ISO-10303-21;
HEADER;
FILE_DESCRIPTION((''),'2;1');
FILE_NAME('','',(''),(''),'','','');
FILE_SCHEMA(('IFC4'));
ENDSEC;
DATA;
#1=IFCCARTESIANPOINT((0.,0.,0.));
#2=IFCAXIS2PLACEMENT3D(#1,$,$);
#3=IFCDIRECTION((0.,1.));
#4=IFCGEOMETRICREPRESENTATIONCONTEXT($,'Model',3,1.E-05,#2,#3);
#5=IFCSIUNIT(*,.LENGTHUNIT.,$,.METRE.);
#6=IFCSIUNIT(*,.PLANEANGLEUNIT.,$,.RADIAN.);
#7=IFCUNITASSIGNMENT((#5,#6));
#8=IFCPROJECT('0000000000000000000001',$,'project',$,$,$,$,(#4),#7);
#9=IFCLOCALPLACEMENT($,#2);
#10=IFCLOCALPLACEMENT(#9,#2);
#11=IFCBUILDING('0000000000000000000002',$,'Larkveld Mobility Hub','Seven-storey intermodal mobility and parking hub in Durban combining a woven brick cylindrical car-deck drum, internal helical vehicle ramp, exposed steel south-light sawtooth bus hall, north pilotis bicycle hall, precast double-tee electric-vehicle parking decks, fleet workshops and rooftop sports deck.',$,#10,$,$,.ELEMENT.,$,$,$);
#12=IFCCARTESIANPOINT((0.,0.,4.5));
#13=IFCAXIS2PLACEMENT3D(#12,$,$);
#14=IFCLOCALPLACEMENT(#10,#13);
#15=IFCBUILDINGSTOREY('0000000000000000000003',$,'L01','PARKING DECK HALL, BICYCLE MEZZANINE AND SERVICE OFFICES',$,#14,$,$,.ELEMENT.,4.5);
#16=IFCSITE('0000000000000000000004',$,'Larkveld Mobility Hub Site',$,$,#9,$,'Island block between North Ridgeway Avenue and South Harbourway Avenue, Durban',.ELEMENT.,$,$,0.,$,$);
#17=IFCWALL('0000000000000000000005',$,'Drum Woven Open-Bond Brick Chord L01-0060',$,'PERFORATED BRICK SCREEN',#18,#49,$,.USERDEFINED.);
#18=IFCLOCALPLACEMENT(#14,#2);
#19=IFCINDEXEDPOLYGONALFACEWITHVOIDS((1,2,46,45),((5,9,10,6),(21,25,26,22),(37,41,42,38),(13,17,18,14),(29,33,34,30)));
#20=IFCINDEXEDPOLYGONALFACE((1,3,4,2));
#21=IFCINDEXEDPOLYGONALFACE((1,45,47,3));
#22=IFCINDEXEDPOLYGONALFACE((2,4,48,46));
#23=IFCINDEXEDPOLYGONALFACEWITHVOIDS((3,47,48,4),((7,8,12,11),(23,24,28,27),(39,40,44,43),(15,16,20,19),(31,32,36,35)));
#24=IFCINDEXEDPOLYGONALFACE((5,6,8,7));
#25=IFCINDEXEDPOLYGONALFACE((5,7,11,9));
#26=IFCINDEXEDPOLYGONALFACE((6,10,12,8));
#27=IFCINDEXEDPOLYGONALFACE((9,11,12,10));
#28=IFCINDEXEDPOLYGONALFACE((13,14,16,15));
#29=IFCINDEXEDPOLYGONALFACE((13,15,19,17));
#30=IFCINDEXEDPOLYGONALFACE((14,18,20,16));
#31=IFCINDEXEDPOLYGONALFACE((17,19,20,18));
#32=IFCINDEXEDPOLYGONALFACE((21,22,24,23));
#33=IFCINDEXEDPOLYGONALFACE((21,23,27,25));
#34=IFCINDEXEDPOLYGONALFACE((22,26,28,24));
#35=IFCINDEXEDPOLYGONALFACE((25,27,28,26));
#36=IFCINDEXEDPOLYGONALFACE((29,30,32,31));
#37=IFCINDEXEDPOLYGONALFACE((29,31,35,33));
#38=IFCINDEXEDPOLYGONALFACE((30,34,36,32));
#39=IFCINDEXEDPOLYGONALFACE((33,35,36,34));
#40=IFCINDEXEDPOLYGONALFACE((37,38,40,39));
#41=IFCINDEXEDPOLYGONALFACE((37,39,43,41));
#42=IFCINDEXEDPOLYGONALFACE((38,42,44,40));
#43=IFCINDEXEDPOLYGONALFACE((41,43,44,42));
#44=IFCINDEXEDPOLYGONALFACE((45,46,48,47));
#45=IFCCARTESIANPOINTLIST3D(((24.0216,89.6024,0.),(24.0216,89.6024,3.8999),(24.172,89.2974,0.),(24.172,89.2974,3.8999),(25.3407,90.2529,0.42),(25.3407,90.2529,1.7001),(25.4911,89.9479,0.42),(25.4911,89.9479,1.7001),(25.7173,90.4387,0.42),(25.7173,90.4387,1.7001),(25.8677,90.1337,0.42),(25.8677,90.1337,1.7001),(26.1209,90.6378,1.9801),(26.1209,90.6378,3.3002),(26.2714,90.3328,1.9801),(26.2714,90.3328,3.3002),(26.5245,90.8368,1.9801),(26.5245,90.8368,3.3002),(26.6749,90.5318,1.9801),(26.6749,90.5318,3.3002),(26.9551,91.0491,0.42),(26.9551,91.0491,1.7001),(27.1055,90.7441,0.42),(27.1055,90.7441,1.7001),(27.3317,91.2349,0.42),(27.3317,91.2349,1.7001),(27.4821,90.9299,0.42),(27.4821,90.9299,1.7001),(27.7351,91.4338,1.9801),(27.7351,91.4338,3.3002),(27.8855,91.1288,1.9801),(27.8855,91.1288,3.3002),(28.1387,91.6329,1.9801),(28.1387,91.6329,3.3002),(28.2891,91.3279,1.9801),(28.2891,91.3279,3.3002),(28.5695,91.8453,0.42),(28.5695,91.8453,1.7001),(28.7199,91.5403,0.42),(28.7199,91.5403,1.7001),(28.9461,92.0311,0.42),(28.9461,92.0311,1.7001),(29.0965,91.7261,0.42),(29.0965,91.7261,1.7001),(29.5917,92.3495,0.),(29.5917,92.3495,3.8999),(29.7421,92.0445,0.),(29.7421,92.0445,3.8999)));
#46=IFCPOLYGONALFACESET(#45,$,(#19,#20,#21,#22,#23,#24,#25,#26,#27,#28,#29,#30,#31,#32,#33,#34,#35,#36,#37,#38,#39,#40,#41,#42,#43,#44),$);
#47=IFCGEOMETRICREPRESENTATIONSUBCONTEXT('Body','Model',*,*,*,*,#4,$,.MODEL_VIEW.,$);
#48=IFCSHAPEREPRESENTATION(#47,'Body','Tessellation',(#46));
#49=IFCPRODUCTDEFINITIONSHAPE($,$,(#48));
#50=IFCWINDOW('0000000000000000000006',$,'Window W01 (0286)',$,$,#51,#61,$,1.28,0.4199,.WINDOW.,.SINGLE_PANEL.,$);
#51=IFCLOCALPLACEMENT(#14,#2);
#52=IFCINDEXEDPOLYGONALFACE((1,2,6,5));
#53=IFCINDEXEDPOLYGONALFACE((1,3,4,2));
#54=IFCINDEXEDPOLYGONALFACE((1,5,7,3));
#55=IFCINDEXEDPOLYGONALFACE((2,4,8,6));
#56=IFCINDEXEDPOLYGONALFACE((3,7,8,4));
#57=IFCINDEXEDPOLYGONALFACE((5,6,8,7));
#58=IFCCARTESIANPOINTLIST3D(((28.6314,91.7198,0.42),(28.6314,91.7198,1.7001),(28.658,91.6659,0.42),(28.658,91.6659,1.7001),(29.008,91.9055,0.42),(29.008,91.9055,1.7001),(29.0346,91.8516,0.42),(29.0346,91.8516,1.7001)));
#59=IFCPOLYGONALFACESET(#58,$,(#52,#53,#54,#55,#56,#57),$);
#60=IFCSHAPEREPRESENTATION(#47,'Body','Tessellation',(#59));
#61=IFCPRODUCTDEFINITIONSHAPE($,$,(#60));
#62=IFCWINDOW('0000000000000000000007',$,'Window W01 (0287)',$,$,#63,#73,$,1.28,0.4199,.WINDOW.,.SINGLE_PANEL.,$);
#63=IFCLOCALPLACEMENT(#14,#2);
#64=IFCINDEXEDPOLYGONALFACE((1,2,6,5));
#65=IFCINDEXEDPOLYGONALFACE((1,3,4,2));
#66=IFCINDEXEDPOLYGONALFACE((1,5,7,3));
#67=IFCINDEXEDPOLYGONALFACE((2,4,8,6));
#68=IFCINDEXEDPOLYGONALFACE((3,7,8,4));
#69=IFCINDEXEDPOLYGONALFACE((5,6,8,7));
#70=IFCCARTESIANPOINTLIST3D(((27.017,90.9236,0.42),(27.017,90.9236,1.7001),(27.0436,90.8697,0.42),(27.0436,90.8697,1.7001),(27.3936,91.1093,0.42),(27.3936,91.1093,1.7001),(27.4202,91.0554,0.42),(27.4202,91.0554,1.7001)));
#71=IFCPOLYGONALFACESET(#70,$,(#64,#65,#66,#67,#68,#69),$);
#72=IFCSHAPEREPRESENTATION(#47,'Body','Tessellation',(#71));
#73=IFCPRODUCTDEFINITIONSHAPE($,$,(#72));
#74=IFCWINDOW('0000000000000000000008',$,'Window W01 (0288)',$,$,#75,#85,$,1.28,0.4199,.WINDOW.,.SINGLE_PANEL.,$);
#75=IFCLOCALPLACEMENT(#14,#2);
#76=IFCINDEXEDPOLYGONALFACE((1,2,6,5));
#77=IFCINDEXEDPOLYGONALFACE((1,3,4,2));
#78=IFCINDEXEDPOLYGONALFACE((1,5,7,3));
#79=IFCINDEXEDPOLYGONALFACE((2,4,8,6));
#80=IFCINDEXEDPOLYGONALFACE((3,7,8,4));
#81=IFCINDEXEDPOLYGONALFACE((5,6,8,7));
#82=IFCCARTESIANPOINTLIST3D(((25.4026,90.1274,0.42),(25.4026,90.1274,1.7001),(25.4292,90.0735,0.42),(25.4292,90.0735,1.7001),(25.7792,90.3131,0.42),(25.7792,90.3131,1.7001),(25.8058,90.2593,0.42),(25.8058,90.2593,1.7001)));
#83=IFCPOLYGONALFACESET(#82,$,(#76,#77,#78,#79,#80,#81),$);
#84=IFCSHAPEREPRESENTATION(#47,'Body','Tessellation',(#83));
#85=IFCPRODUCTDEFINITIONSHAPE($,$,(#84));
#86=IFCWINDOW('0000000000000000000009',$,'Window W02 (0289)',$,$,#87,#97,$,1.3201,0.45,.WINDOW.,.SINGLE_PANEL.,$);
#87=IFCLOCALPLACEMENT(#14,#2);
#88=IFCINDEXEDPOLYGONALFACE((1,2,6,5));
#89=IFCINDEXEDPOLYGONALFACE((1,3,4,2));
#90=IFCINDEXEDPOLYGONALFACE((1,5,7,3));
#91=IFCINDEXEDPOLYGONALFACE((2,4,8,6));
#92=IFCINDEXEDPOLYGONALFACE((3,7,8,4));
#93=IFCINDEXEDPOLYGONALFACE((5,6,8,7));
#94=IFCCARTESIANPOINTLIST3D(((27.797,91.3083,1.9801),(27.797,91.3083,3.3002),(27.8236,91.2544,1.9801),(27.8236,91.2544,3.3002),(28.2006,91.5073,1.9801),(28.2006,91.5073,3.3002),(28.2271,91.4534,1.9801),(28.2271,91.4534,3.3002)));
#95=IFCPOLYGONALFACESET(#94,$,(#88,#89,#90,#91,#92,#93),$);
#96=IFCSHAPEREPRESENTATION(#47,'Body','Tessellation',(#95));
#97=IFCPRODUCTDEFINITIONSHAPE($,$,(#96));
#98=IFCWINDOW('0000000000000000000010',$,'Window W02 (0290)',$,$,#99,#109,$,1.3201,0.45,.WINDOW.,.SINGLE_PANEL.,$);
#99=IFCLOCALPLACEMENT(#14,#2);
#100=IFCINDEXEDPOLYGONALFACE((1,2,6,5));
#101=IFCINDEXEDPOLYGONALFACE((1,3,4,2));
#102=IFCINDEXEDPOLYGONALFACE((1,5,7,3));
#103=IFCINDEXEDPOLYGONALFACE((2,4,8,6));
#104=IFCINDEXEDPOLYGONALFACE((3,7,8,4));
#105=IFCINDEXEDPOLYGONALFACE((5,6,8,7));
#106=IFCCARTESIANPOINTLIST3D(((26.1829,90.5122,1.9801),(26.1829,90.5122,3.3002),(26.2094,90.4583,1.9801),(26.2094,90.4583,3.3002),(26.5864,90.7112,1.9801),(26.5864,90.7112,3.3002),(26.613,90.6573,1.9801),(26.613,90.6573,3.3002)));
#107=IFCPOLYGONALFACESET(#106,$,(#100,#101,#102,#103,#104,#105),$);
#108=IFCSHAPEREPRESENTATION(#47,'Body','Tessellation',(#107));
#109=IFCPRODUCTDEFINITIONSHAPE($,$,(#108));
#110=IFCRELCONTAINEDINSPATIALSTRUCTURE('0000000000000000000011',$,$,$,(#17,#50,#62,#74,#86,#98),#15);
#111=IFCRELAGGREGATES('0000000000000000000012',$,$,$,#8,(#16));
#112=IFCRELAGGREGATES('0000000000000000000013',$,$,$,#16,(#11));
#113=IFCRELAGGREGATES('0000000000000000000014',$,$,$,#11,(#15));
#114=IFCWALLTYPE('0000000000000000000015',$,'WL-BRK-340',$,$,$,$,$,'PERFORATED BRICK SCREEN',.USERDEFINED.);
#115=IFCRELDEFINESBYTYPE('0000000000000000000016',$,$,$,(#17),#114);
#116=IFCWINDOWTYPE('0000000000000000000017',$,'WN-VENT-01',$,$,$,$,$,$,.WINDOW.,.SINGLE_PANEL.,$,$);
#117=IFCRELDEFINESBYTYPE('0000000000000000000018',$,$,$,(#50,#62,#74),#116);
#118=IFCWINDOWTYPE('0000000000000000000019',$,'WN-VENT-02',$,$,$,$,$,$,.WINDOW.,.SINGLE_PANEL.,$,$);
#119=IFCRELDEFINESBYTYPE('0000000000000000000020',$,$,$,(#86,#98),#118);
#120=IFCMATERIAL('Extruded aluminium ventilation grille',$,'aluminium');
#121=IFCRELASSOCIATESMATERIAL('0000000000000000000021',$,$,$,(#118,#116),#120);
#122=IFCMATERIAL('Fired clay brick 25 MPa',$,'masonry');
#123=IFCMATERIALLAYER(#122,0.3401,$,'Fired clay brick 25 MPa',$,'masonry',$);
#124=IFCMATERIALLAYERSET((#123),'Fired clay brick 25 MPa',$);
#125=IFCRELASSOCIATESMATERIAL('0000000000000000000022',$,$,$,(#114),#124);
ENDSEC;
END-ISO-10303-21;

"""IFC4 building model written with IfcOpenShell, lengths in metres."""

from ifc_helpers import new_model, si_unit, direction, frame, frame_2d, origin, place, context, subcontext, project, spatial, rectangle, extrude, material, layer, layer_set, type_object, element, fill, save


model = new_model("IFC4")

# Units and contexts
model_context = context("Model", 3, precision=1e-05, world=origin(), true_north=direction((0.0, 1.0)))
body_context = subcontext(model_context, "Body", "Model", "MODEL_VIEW")
ifc_project = project(units=[si_unit("LENGTHUNIT", "METRE"), si_unit("PLANEANGLEUNIT", "RADIAN")], contexts=[model_context])

# Site, building, storey
site_placement = place(None, origin())
site = spatial("IfcSite", under=ifc_project, at=site_placement, Name="Larkveld Mobility Hub Site", LongName="Island block between North Ridgeway Avenue and South Harbourway Avenue, Durban", CompositionType="ELEMENT", RefElevation=0.0)
building_placement = place(site_placement, origin())
building = spatial("IfcBuilding", under=site, at=building_placement, Name="Larkveld Mobility Hub", Description="Seven-storey intermodal mobility and parking hub in Durban combining a woven brick cylindrical car-deck drum, internal helical vehicle ramp, exposed steel south-light sawtooth bus hall, north pilotis bicycle hall, precast double-tee electric-vehicle parking decks, fleet workshops and rooftop sports deck.", CompositionType="ELEMENT")
storey_placement = place(building_placement, frame((0.0, 0.0, 4.5)))
storey = spatial("IfcBuildingStorey", under=building, at=storey_placement, Name="L01", Description="PARKING DECK HALL, BICYCLE MEZZANINE AND SERVICE OFFICES", CompositionType="ELEMENT", Elevation=4.5)

# Wall, openings, windows
ifc_material_1 = material(Name="Fired clay brick 25 MPa", Category="masonry")
ifc_material_2 = material(Name="Extruded aluminium ventilation grille", Category="aluminium")
window_type_1 = type_object("IfcWindowType", Name="WN-VENT-02", PartitioningType="SINGLE_PANEL", PredefinedType="WINDOW", material=ifc_material_2)
window_type_2 = type_object("IfcWindowType", Name="WN-VENT-01", PartitioningType="SINGLE_PANEL", PredefinedType="WINDOW", material=ifc_material_2)
ifc_layer_1 = layer(ifc_material_1, 0.3401, Name="Fired clay brick 25 MPa", Category="masonry")
ifc_layer_set_1 = layer_set([ifc_layer_1], Name="Fired clay brick 25 MPa")
wall_type_1 = type_object("IfcWallType", Name="WL-BRK-340", ElementType="PERFORATED BRICK SCREEN", PredefinedType="USERDEFINED", material=ifc_layer_set_1)
wall_1_placement = place(storey_placement, frame((29.667, 92.197, 0.0), z_axis=(0.0, 0.0, 1.0), x_axis=(-0.896859, -0.442317, 0.0)))
wall_1 = element("IfcWall", 1, at=wall_1_placement, inside=storey, type_object=wall_type_1, Name="Drum Woven Open-Bond Brick Chord L01-0060", ObjectType="PERFORATED BRICK SCREEN", PredefinedType="USERDEFINED", context=body_context, shape_type="SweptSolid", body=[
    extrude(rectangle(XDim=6.2107, YDim=0.3401, at=frame_2d((3.1055, 0.0))), origin(), (0.0, 0.0, 1.0), 3.8999),
])
opening_1_placement = place(wall_1_placement, frame((0.72, 0.0, 0.4199)))
opening_1 = element("IfcOpeningElement", 2, at=opening_1_placement, cuts=wall_1, PredefinedType="OPENING", context=body_context, shape_type="SweptSolid", body=[
    extrude(rectangle(XDim=0.4199, YDim=1.28, at=frame_2d((0.21, 0.6401))), frame((0.0, 0.1802, 0.0), z_axis=(0.0, -1.0, 0.0), x_axis=(1.0, 0.0, 0.0)), (0.0, 0.0, 1.0), 0.3601),
])
opening_2_placement = place(wall_1_placement, frame((2.52, 0.0, 0.4199)))
opening_2 = element("IfcOpeningElement", 3, at=opening_2_placement, cuts=wall_1, PredefinedType="OPENING", context=body_context, shape_type="SweptSolid", body=[
    extrude(rectangle(XDim=0.4199, YDim=1.28, at=frame_2d((0.21, 0.6401))), frame((0.0, 0.1802, 0.0), z_axis=(0.0, -1.0, 0.0), x_axis=(1.0, 0.0, 0.0)), (0.0, 0.0, 1.0), 0.3601),
])
opening_3_placement = place(wall_1_placement, frame((4.3201, 0.0, 0.4199)))
opening_3 = element("IfcOpeningElement", 4, at=opening_3_placement, cuts=wall_1, PredefinedType="OPENING", context=body_context, shape_type="SweptSolid", body=[
    extrude(rectangle(XDim=0.4199, YDim=1.28, at=frame_2d((0.21, 0.6401))), frame((0.0, 0.1802, 0.0), z_axis=(0.0, -1.0, 0.0), x_axis=(1.0, 0.0, 0.0)), (0.0, 0.0, 1.0), 0.3601),
])
opening_4_placement = place(wall_1_placement, frame((1.6201, 0.0, 1.98)))
opening_4 = element("IfcOpeningElement", 5, at=opening_4_placement, cuts=wall_1, PredefinedType="OPENING", context=body_context, shape_type="SweptSolid", body=[
    extrude(rectangle(XDim=0.45, YDim=1.3201, at=frame_2d((0.2251, 0.6602))), frame((0.0, 0.1802, 0.0), z_axis=(0.0, -1.0, 0.0), x_axis=(1.0, 0.0, 0.0)), (0.0, 0.0, 1.0), 0.3601),
])
opening_5_placement = place(wall_1_placement, frame((3.4199, 0.0, 1.98)))
opening_5 = element("IfcOpeningElement", 6, at=opening_5_placement, cuts=wall_1, PredefinedType="OPENING", context=body_context, shape_type="SweptSolid", body=[
    extrude(rectangle(XDim=0.45, YDim=1.3201, at=frame_2d((0.2251, 0.6602))), frame((0.0, 0.1802, 0.0), z_axis=(0.0, -1.0, 0.0), x_axis=(1.0, 0.0, 0.0)), (0.0, 0.0, 1.0), 0.3601),
])
window_1_placement = place(opening_1_placement, origin())
window_1 = element("IfcWindow", 7, at=window_1_placement, inside=storey, type_object=window_type_2, Name="Window W01 (0286)", OverallHeight=1.28, OverallWidth=0.4199, PartitioningType="SINGLE_PANEL", PredefinedType="WINDOW", context=body_context, shape_type="SweptSolid", body=[
    extrude(rectangle(XDim=0.4199, YDim=1.28, at=frame_2d((0.21, 0.6401))), frame((0.0, 0.03, 0.0), z_axis=(0.0, -1.0, 0.0), x_axis=(1.0, 0.0, 0.0)), (0.0, 0.0, 1.0), 0.0601),
])
fill(opening_1, window_1)
window_2_placement = place(opening_2_placement, origin())
window_2 = element("IfcWindow", 8, at=window_2_placement, inside=storey, type_object=window_type_2, Name="Window W01 (0287)", OverallHeight=1.28, OverallWidth=0.4199, PartitioningType="SINGLE_PANEL", PredefinedType="WINDOW", context=body_context, shape_type="SweptSolid", body=[
    extrude(rectangle(XDim=0.4199, YDim=1.28, at=frame_2d((0.21, 0.6401))), frame((0.0, 0.03, 0.0), z_axis=(0.0, -1.0, 0.0), x_axis=(1.0, 0.0, 0.0)), (0.0, 0.0, 1.0), 0.0601),
])
fill(opening_2, window_2)
window_3_placement = place(opening_3_placement, origin())
window_3 = element("IfcWindow", 9, at=window_3_placement, inside=storey, type_object=window_type_2, Name="Window W01 (0288)", OverallHeight=1.28, OverallWidth=0.4199, PartitioningType="SINGLE_PANEL", PredefinedType="WINDOW", context=body_context, shape_type="SweptSolid", body=[
    extrude(rectangle(XDim=0.4199, YDim=1.28, at=frame_2d((0.21, 0.6401))), frame((0.0, 0.03, 0.0), z_axis=(0.0, -1.0, 0.0), x_axis=(1.0, 0.0, 0.0)), (0.0, 0.0, 1.0), 0.0601),
])
fill(opening_3, window_3)
window_4_placement = place(opening_4_placement, origin())
window_4 = element("IfcWindow", 10, at=window_4_placement, inside=storey, type_object=window_type_1, Name="Window W02 (0289)", OverallHeight=1.3201, OverallWidth=0.45, PartitioningType="SINGLE_PANEL", PredefinedType="WINDOW", context=body_context, shape_type="SweptSolid", body=[
    extrude(rectangle(XDim=0.45, YDim=1.3201, at=frame_2d((0.2251, 0.6602))), frame((0.0, 0.03, 0.0), z_axis=(0.0, -1.0, 0.0), x_axis=(1.0, 0.0, 0.0)), (0.0, 0.0, 1.0), 0.0601),
])
fill(opening_4, window_4)
window_5_placement = place(opening_5_placement, origin())
window_5 = element("IfcWindow", 11, at=window_5_placement, inside=storey, type_object=window_type_1, Name="Window W02 (0290)", OverallHeight=1.3201, OverallWidth=0.45, PartitioningType="SINGLE_PANEL", PredefinedType="WINDOW", context=body_context, shape_type="SweptSolid", body=[
    extrude(rectangle(XDim=0.45, YDim=1.3201, at=frame_2d((0.2251, 0.6602))), frame((0.0, 0.03, 0.0), z_axis=(0.0, -1.0, 0.0), x_axis=(1.0, 0.0, 0.0)), (0.0, 0.0, 1.0), 0.0601),
])
fill(opening_5, window_5)

save(model, "model.ifc")
